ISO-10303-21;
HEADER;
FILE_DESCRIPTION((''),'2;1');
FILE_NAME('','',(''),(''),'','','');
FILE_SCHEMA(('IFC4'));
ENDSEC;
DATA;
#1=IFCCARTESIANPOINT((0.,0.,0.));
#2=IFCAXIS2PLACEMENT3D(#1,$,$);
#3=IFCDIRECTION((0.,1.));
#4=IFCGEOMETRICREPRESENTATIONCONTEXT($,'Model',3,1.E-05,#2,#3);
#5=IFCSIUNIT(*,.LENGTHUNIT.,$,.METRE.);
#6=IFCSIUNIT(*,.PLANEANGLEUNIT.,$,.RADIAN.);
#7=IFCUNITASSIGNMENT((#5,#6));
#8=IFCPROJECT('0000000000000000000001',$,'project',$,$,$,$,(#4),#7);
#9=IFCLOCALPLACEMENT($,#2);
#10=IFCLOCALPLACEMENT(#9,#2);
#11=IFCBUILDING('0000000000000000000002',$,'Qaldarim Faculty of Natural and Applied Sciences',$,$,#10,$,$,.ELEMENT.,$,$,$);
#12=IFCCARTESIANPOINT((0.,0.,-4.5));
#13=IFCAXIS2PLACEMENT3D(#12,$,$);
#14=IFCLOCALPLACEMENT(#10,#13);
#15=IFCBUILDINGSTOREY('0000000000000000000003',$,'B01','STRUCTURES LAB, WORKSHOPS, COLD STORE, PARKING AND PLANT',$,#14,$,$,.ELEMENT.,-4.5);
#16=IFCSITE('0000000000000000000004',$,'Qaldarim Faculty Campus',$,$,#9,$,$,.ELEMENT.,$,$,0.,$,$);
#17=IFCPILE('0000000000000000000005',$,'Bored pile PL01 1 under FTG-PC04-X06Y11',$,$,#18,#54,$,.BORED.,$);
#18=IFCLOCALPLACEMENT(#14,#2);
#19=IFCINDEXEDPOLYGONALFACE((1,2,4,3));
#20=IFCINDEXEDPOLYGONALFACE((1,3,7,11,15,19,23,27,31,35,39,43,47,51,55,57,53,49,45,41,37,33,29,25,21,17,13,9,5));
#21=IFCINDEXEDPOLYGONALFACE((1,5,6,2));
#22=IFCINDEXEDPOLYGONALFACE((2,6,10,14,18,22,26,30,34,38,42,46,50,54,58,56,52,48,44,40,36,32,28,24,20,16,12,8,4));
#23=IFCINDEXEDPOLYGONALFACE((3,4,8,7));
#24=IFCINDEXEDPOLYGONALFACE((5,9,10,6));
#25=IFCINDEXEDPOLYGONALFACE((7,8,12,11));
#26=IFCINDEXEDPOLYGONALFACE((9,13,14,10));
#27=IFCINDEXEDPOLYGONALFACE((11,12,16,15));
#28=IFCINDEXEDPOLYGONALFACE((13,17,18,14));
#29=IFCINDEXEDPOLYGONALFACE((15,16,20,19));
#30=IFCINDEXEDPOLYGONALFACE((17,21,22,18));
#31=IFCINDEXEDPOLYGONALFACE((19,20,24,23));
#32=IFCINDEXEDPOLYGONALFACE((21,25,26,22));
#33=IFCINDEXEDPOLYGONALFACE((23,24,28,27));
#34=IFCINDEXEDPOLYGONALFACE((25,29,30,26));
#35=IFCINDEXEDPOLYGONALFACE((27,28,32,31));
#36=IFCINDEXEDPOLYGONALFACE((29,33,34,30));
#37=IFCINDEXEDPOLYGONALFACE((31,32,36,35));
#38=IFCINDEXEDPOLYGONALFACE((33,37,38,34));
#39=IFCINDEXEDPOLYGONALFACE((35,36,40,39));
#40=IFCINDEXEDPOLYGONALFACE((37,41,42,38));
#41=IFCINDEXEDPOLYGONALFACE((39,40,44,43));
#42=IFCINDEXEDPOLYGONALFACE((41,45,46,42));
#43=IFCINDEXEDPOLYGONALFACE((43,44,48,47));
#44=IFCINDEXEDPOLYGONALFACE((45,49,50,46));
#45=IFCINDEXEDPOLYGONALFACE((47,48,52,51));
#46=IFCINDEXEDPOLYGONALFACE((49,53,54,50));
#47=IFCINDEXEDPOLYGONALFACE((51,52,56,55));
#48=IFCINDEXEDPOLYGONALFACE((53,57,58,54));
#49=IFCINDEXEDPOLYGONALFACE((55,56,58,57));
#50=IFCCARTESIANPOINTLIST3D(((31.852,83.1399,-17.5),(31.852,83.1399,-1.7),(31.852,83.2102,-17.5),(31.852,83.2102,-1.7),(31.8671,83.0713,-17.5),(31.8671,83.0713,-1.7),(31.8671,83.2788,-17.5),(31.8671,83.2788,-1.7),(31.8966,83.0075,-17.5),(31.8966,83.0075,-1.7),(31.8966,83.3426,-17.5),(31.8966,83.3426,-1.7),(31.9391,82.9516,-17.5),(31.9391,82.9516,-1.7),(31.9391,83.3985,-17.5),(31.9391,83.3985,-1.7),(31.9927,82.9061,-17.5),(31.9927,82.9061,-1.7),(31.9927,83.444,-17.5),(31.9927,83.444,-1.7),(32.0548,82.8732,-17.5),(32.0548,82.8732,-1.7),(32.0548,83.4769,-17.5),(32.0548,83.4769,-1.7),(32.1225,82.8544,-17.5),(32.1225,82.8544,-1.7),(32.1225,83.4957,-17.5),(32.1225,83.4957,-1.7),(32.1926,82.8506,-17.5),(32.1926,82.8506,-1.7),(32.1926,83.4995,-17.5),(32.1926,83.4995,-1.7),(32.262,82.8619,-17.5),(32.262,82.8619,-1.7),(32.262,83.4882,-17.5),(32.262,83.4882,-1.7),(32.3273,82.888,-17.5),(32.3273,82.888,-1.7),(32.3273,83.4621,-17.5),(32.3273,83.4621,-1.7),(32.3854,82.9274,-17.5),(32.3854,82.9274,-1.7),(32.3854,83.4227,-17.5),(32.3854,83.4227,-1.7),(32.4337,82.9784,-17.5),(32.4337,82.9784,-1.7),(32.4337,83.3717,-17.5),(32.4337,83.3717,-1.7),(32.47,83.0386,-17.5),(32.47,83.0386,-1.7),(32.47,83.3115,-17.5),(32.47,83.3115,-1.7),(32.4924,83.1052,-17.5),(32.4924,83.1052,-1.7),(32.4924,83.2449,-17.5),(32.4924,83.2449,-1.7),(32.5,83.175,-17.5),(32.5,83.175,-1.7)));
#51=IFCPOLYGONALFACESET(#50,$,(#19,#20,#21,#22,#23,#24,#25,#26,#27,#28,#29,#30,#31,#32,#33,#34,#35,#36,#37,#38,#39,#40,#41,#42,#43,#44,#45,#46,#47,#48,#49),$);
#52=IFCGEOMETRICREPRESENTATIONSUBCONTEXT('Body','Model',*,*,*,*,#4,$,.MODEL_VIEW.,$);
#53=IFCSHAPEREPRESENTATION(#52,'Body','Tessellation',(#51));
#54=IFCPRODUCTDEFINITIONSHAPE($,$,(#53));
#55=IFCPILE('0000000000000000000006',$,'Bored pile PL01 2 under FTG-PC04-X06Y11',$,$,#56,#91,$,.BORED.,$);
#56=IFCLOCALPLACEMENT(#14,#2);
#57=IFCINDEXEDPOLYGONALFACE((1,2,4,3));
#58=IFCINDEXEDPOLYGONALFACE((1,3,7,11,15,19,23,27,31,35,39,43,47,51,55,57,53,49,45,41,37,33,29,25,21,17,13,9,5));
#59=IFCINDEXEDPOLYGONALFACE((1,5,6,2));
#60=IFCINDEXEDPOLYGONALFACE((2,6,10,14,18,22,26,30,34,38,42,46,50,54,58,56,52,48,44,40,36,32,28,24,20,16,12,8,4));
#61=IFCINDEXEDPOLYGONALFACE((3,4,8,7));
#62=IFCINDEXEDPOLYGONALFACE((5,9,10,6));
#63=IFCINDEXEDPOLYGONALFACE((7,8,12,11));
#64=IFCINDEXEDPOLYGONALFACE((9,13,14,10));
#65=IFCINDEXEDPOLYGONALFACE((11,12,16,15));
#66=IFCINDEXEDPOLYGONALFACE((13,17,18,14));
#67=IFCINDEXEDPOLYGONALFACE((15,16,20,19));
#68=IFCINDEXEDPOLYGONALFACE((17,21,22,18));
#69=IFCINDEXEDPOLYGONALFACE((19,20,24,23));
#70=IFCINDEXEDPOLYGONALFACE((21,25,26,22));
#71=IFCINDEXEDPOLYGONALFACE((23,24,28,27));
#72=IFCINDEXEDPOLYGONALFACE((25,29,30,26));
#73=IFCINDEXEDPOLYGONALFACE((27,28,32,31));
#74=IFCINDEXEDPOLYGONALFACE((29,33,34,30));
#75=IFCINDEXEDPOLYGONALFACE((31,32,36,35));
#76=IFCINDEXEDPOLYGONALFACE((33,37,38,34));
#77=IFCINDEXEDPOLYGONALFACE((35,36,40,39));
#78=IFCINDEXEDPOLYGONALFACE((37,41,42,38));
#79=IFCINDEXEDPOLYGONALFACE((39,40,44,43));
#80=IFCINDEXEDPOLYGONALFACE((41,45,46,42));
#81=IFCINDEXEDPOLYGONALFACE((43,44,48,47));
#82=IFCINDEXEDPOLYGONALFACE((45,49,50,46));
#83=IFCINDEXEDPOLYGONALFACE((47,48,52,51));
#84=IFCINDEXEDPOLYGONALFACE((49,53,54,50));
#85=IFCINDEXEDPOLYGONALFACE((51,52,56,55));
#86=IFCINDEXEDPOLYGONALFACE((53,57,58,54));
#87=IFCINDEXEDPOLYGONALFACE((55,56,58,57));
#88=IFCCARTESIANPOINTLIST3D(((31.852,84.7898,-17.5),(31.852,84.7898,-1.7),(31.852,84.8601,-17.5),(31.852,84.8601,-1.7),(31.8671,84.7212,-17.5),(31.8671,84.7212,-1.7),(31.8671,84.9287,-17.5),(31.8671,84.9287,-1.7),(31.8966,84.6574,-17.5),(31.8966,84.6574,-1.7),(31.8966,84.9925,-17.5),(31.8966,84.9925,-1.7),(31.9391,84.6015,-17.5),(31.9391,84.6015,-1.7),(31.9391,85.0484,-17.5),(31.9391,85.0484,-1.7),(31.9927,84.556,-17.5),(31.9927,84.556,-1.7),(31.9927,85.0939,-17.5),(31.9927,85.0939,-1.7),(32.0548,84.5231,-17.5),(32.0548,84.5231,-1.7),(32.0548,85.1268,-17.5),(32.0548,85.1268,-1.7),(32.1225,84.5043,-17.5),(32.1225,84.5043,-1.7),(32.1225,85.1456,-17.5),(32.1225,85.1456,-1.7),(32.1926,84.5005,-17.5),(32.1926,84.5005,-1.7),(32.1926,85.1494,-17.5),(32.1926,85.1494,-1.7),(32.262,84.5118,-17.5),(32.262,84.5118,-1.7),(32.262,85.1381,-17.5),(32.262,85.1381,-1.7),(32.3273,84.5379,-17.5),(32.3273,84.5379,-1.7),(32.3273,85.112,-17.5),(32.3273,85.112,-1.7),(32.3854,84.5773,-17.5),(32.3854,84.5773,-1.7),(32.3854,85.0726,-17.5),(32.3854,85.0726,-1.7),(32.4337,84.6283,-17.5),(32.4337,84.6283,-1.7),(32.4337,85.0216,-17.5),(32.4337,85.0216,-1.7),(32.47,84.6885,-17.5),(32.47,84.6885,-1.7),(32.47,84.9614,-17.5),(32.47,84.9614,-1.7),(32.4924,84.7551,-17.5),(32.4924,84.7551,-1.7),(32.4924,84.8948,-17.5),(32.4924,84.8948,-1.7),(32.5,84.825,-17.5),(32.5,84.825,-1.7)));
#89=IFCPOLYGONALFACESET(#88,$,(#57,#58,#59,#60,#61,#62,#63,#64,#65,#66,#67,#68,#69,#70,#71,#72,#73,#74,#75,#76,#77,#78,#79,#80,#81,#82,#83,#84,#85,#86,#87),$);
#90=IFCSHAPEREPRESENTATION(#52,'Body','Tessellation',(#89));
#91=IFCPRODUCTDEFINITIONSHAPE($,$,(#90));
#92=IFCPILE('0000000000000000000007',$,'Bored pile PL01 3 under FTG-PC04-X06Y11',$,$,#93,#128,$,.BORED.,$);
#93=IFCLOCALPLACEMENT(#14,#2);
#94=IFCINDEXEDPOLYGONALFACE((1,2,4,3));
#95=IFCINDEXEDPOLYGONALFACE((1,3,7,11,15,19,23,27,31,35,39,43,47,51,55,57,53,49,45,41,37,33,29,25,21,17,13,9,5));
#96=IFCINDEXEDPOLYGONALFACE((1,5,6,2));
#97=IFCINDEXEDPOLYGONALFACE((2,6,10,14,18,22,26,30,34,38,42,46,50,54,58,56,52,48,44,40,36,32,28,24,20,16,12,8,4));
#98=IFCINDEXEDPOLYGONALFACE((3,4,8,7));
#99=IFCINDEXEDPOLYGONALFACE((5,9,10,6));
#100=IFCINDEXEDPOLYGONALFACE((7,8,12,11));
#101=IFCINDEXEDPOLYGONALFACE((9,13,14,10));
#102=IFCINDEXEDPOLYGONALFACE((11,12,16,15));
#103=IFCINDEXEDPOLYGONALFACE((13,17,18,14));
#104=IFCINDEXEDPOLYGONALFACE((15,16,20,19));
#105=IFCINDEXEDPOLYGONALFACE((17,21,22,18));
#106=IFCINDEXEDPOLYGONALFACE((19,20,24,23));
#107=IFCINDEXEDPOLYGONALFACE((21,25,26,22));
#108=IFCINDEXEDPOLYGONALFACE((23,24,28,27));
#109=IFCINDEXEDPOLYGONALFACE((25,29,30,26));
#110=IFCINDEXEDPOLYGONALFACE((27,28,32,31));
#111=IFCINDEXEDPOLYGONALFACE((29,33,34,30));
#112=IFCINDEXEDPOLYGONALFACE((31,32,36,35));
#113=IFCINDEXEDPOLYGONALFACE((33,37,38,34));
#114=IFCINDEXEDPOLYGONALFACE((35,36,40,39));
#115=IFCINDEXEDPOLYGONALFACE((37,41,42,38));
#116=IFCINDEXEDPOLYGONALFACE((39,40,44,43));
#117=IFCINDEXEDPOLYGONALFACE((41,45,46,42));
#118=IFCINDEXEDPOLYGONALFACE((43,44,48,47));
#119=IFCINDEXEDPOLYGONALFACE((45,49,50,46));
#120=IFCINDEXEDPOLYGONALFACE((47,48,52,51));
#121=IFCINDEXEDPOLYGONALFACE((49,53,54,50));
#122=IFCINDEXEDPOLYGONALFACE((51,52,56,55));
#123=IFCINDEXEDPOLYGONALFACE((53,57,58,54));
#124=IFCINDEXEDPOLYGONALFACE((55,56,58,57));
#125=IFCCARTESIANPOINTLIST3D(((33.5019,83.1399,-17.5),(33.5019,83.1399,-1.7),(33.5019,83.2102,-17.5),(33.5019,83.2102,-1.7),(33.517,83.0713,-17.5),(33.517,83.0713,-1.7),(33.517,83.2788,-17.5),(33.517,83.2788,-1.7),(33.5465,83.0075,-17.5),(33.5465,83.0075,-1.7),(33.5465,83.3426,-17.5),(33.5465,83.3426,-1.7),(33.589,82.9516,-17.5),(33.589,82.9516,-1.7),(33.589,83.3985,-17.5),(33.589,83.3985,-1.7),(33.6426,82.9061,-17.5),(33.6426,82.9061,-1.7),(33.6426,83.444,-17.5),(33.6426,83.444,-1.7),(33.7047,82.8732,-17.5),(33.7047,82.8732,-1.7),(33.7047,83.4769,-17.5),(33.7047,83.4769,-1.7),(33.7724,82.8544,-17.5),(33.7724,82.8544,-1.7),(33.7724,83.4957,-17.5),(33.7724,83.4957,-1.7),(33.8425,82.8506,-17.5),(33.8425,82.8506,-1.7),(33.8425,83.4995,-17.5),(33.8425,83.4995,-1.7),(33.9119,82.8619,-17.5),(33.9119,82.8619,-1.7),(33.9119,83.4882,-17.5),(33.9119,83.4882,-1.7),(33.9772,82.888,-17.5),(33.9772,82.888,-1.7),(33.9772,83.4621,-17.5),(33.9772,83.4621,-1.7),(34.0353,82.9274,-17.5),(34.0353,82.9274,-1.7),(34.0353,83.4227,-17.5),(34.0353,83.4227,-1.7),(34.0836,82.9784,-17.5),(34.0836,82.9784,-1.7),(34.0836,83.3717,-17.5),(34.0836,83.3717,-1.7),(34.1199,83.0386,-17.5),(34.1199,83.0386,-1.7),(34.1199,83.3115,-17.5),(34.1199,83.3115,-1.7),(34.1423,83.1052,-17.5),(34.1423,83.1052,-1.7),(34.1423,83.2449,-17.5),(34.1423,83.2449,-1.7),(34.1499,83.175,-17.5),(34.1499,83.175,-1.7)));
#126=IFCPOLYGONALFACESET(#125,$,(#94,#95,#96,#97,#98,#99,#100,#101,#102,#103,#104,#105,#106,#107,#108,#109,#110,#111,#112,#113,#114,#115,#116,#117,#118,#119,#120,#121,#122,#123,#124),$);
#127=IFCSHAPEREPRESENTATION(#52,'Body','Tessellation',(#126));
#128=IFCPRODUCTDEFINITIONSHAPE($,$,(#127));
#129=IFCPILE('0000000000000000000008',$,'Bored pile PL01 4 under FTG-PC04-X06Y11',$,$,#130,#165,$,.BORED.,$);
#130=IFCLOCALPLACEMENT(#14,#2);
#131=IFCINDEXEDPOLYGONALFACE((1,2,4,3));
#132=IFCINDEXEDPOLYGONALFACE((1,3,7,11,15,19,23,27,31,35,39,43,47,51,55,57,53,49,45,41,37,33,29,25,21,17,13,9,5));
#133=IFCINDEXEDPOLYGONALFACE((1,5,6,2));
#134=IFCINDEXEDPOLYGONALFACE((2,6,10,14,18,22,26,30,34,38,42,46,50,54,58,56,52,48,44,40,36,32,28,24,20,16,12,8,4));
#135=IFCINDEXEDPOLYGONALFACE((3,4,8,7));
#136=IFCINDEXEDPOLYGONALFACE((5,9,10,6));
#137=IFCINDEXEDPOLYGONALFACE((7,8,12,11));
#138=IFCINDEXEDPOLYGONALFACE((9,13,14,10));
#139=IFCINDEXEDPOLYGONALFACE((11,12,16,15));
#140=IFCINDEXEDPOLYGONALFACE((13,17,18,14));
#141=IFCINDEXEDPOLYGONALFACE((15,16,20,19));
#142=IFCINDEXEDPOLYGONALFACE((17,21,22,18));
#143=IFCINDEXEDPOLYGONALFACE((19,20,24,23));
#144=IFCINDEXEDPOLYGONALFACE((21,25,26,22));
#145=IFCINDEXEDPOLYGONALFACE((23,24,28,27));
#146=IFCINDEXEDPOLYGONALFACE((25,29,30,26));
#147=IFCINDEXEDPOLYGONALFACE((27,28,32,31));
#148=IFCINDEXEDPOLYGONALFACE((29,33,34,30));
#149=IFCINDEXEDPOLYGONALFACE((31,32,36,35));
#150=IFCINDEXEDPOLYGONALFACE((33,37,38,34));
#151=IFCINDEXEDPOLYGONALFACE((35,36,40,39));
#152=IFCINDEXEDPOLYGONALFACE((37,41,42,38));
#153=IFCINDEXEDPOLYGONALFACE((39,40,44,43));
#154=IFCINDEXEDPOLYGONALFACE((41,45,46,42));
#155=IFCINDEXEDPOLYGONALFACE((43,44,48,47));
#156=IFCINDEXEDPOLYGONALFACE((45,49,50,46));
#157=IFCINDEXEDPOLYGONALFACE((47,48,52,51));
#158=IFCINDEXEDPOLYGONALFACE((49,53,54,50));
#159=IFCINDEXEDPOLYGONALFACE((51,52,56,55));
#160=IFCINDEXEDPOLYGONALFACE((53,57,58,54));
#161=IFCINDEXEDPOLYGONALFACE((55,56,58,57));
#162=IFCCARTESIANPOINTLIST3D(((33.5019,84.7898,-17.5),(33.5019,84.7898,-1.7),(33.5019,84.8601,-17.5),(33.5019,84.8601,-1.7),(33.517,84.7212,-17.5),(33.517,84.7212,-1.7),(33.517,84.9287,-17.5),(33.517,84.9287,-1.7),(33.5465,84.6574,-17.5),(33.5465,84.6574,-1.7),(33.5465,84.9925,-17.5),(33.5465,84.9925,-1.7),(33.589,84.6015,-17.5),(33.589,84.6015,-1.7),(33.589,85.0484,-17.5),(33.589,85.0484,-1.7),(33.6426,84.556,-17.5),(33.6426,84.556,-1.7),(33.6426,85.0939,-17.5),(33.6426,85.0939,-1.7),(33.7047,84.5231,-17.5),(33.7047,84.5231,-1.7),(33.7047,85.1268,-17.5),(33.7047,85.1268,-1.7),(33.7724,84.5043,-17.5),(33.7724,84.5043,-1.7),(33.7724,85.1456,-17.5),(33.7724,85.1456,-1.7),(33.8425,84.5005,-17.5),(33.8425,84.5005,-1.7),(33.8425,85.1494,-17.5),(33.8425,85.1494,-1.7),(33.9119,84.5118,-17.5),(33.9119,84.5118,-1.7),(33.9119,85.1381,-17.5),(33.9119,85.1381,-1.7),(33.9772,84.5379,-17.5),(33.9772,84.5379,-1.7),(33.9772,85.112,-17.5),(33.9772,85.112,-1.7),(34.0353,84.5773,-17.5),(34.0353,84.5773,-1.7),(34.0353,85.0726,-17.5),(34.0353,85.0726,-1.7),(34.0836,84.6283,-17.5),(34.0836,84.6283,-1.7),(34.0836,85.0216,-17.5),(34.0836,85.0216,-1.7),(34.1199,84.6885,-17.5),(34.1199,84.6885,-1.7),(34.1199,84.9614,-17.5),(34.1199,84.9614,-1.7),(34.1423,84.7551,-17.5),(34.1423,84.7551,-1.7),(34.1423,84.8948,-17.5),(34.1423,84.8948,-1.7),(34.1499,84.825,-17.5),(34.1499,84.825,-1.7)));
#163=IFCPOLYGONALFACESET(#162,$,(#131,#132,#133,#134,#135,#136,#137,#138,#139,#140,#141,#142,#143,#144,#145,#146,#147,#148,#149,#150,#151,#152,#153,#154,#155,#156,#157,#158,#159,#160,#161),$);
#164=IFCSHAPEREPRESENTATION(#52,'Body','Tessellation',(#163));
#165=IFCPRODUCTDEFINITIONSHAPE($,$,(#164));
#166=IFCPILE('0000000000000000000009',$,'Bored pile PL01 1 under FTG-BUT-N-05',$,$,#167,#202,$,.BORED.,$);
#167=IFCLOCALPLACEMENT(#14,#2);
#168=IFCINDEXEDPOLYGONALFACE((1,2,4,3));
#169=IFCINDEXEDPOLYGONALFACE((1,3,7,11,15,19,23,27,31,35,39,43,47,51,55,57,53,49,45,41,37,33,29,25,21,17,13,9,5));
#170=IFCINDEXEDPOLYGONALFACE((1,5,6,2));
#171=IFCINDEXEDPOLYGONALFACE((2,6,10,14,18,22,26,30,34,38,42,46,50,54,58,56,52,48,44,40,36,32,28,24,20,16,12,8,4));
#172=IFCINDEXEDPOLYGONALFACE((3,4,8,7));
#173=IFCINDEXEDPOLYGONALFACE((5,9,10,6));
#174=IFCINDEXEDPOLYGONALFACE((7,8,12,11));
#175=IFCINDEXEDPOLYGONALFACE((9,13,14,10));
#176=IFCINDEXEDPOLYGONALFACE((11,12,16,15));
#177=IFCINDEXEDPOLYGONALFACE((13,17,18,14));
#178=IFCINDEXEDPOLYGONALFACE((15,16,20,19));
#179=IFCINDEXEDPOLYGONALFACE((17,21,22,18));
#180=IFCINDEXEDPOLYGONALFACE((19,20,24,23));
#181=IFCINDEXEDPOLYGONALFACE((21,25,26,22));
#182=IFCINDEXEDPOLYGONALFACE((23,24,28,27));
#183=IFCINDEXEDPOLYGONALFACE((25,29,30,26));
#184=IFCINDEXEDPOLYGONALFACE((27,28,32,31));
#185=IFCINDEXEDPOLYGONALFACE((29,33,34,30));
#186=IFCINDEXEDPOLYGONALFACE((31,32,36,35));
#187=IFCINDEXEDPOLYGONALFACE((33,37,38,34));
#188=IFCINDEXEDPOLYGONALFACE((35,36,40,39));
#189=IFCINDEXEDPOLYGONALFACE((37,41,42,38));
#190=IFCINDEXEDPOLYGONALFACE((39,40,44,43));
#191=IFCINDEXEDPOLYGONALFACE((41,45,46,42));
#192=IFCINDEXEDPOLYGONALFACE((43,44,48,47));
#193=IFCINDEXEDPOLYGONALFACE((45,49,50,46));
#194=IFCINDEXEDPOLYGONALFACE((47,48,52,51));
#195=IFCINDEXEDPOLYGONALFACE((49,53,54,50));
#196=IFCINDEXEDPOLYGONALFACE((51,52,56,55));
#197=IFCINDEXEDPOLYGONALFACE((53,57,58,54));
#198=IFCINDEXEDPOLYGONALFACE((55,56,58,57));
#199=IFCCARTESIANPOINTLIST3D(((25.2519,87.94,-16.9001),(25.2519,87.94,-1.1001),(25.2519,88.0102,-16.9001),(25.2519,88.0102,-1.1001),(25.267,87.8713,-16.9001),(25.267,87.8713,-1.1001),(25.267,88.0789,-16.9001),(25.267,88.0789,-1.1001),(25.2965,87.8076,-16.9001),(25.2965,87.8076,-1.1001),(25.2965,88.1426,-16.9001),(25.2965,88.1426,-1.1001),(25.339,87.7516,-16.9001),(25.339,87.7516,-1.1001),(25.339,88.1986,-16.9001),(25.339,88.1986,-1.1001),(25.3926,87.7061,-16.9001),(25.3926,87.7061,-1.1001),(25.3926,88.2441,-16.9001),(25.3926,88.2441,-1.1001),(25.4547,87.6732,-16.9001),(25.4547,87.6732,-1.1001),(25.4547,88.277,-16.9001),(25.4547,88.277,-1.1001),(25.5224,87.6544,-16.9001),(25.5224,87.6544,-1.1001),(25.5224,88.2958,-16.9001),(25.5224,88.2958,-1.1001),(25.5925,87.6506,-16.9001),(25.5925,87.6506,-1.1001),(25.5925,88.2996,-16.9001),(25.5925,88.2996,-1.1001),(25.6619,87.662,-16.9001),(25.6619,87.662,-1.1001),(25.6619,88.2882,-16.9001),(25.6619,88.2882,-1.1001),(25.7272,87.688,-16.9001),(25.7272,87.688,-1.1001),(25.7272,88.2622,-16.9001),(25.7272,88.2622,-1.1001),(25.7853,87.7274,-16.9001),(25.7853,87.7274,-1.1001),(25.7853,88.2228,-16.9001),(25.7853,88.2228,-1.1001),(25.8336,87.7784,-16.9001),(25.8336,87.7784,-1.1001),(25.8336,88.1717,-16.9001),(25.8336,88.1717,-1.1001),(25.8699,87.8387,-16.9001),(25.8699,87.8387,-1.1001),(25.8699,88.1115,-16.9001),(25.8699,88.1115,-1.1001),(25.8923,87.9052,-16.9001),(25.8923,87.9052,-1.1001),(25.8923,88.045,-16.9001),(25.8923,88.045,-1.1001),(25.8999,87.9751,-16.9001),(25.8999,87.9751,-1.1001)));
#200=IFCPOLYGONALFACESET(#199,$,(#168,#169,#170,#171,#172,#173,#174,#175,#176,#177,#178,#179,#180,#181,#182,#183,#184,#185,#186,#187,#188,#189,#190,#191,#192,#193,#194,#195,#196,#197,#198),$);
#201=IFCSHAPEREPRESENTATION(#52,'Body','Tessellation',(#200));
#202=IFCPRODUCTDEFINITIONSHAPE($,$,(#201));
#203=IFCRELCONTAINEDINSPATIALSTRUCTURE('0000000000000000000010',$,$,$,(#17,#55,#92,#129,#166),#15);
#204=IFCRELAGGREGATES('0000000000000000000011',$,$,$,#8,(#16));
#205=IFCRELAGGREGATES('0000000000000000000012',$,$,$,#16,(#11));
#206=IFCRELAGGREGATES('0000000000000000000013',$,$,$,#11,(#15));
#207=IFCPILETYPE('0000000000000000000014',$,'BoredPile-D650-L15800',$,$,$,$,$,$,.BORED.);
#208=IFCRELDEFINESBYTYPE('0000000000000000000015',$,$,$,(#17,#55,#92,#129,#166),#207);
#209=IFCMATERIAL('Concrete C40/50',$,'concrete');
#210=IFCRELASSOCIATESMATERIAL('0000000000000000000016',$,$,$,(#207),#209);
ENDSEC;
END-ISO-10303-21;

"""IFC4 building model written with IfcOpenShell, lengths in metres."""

from ifc_helpers import new_model, si_unit, direction, frame, origin, origin_2d, place, context, subcontext, project, spatial, circle, extrude, material, material_profile, profile_set, type_object, element, save


model = new_model("IFC4")

# Units and contexts
model_context = context("Model", 3, precision=1e-05, world=origin(), true_north=direction((0.0, 1.0)))
body_context = subcontext(model_context, "Body", "Model", "MODEL_VIEW")
ifc_project = project(units=[si_unit("LENGTHUNIT", "METRE"), si_unit("PLANEANGLEUNIT", "RADIAN")], contexts=[model_context])

# Site, building, storey
site_placement = place(None, origin())
site = spatial("IfcSite", under=ifc_project, at=site_placement, Name="Qaldarim Faculty Campus", CompositionType="ELEMENT", RefElevation=0.0)
building_placement = place(site_placement, origin())
building = spatial("IfcBuilding", under=site, at=building_placement, Name="Qaldarim Faculty of Natural and Applied Sciences", CompositionType="ELEMENT")
storey_placement = place(building_placement, frame((0.0, 0.0, -4.5)))
storey = spatial("IfcBuildingStorey", under=building, at=storey_placement, Name="B01", Description="STRUCTURES LAB, WORKSHOPS, COLD STORE, PARKING AND PLANT", CompositionType="ELEMENT", Elevation=-4.5)

# Piles
ifc_material_1 = material(Name="Concrete C40/50", Category="concrete")
ifc_material_profile_1 = material_profile(ifc_material_1, circle(Radius=0.325, at=origin_2d()), Name="PILE-D650")
ifc_profile_set_1 = profile_set([ifc_material_profile_1], Name="Concrete C40/50")
pile_type_1 = type_object("IfcPileType", Name="BoredPile-D650-L15800", PredefinedType="BORED", material=ifc_profile_set_1)
for number, where, z_axis, x_axis, name in (
    (1, (32.175, 83.175, -1.7), (0.0, 0.0, -1.0), (1.0, 0.0, 0.0), "Bored pile PL01 1 under FTG-PC04-X06Y11"),
    (2, (32.175, 84.825, -1.7), (0.0, 0.0, -1.0), (1.0, 0.0, 0.0), "Bored pile PL01 2 under FTG-PC04-X06Y11"),
    (3, (33.825, 83.175, -1.7), (0.0, 0.0, -1.0), (1.0, 0.0, 0.0), "Bored pile PL01 3 under FTG-PC04-X06Y11"),
    (4, (33.825, 84.825, -1.7), (0.0, 0.0, -1.0), (1.0, 0.0, 0.0), "Bored pile PL01 4 under FTG-PC04-X06Y11"),
    (5, (25.575, 87.9751, -1.1001), (0.0, 0.0, -1.0), (1.0, 0.0, 0.0), "Bored pile PL01 1 under FTG-BUT-N-05"),
):
    element("IfcPile", number, at=place(storey_placement, frame(where, z_axis=z_axis, x_axis=x_axis)), inside=storey, type_object=pile_type_1, Name=name, PredefinedType="BORED", context=body_context, shape_type="SweptSolid", body=[
        extrude(circle(Radius=0.325, at=origin_2d()), origin(), (0.0, 0.0, 1.0), 15.8),
    ])

save(model, "model.ifc")
